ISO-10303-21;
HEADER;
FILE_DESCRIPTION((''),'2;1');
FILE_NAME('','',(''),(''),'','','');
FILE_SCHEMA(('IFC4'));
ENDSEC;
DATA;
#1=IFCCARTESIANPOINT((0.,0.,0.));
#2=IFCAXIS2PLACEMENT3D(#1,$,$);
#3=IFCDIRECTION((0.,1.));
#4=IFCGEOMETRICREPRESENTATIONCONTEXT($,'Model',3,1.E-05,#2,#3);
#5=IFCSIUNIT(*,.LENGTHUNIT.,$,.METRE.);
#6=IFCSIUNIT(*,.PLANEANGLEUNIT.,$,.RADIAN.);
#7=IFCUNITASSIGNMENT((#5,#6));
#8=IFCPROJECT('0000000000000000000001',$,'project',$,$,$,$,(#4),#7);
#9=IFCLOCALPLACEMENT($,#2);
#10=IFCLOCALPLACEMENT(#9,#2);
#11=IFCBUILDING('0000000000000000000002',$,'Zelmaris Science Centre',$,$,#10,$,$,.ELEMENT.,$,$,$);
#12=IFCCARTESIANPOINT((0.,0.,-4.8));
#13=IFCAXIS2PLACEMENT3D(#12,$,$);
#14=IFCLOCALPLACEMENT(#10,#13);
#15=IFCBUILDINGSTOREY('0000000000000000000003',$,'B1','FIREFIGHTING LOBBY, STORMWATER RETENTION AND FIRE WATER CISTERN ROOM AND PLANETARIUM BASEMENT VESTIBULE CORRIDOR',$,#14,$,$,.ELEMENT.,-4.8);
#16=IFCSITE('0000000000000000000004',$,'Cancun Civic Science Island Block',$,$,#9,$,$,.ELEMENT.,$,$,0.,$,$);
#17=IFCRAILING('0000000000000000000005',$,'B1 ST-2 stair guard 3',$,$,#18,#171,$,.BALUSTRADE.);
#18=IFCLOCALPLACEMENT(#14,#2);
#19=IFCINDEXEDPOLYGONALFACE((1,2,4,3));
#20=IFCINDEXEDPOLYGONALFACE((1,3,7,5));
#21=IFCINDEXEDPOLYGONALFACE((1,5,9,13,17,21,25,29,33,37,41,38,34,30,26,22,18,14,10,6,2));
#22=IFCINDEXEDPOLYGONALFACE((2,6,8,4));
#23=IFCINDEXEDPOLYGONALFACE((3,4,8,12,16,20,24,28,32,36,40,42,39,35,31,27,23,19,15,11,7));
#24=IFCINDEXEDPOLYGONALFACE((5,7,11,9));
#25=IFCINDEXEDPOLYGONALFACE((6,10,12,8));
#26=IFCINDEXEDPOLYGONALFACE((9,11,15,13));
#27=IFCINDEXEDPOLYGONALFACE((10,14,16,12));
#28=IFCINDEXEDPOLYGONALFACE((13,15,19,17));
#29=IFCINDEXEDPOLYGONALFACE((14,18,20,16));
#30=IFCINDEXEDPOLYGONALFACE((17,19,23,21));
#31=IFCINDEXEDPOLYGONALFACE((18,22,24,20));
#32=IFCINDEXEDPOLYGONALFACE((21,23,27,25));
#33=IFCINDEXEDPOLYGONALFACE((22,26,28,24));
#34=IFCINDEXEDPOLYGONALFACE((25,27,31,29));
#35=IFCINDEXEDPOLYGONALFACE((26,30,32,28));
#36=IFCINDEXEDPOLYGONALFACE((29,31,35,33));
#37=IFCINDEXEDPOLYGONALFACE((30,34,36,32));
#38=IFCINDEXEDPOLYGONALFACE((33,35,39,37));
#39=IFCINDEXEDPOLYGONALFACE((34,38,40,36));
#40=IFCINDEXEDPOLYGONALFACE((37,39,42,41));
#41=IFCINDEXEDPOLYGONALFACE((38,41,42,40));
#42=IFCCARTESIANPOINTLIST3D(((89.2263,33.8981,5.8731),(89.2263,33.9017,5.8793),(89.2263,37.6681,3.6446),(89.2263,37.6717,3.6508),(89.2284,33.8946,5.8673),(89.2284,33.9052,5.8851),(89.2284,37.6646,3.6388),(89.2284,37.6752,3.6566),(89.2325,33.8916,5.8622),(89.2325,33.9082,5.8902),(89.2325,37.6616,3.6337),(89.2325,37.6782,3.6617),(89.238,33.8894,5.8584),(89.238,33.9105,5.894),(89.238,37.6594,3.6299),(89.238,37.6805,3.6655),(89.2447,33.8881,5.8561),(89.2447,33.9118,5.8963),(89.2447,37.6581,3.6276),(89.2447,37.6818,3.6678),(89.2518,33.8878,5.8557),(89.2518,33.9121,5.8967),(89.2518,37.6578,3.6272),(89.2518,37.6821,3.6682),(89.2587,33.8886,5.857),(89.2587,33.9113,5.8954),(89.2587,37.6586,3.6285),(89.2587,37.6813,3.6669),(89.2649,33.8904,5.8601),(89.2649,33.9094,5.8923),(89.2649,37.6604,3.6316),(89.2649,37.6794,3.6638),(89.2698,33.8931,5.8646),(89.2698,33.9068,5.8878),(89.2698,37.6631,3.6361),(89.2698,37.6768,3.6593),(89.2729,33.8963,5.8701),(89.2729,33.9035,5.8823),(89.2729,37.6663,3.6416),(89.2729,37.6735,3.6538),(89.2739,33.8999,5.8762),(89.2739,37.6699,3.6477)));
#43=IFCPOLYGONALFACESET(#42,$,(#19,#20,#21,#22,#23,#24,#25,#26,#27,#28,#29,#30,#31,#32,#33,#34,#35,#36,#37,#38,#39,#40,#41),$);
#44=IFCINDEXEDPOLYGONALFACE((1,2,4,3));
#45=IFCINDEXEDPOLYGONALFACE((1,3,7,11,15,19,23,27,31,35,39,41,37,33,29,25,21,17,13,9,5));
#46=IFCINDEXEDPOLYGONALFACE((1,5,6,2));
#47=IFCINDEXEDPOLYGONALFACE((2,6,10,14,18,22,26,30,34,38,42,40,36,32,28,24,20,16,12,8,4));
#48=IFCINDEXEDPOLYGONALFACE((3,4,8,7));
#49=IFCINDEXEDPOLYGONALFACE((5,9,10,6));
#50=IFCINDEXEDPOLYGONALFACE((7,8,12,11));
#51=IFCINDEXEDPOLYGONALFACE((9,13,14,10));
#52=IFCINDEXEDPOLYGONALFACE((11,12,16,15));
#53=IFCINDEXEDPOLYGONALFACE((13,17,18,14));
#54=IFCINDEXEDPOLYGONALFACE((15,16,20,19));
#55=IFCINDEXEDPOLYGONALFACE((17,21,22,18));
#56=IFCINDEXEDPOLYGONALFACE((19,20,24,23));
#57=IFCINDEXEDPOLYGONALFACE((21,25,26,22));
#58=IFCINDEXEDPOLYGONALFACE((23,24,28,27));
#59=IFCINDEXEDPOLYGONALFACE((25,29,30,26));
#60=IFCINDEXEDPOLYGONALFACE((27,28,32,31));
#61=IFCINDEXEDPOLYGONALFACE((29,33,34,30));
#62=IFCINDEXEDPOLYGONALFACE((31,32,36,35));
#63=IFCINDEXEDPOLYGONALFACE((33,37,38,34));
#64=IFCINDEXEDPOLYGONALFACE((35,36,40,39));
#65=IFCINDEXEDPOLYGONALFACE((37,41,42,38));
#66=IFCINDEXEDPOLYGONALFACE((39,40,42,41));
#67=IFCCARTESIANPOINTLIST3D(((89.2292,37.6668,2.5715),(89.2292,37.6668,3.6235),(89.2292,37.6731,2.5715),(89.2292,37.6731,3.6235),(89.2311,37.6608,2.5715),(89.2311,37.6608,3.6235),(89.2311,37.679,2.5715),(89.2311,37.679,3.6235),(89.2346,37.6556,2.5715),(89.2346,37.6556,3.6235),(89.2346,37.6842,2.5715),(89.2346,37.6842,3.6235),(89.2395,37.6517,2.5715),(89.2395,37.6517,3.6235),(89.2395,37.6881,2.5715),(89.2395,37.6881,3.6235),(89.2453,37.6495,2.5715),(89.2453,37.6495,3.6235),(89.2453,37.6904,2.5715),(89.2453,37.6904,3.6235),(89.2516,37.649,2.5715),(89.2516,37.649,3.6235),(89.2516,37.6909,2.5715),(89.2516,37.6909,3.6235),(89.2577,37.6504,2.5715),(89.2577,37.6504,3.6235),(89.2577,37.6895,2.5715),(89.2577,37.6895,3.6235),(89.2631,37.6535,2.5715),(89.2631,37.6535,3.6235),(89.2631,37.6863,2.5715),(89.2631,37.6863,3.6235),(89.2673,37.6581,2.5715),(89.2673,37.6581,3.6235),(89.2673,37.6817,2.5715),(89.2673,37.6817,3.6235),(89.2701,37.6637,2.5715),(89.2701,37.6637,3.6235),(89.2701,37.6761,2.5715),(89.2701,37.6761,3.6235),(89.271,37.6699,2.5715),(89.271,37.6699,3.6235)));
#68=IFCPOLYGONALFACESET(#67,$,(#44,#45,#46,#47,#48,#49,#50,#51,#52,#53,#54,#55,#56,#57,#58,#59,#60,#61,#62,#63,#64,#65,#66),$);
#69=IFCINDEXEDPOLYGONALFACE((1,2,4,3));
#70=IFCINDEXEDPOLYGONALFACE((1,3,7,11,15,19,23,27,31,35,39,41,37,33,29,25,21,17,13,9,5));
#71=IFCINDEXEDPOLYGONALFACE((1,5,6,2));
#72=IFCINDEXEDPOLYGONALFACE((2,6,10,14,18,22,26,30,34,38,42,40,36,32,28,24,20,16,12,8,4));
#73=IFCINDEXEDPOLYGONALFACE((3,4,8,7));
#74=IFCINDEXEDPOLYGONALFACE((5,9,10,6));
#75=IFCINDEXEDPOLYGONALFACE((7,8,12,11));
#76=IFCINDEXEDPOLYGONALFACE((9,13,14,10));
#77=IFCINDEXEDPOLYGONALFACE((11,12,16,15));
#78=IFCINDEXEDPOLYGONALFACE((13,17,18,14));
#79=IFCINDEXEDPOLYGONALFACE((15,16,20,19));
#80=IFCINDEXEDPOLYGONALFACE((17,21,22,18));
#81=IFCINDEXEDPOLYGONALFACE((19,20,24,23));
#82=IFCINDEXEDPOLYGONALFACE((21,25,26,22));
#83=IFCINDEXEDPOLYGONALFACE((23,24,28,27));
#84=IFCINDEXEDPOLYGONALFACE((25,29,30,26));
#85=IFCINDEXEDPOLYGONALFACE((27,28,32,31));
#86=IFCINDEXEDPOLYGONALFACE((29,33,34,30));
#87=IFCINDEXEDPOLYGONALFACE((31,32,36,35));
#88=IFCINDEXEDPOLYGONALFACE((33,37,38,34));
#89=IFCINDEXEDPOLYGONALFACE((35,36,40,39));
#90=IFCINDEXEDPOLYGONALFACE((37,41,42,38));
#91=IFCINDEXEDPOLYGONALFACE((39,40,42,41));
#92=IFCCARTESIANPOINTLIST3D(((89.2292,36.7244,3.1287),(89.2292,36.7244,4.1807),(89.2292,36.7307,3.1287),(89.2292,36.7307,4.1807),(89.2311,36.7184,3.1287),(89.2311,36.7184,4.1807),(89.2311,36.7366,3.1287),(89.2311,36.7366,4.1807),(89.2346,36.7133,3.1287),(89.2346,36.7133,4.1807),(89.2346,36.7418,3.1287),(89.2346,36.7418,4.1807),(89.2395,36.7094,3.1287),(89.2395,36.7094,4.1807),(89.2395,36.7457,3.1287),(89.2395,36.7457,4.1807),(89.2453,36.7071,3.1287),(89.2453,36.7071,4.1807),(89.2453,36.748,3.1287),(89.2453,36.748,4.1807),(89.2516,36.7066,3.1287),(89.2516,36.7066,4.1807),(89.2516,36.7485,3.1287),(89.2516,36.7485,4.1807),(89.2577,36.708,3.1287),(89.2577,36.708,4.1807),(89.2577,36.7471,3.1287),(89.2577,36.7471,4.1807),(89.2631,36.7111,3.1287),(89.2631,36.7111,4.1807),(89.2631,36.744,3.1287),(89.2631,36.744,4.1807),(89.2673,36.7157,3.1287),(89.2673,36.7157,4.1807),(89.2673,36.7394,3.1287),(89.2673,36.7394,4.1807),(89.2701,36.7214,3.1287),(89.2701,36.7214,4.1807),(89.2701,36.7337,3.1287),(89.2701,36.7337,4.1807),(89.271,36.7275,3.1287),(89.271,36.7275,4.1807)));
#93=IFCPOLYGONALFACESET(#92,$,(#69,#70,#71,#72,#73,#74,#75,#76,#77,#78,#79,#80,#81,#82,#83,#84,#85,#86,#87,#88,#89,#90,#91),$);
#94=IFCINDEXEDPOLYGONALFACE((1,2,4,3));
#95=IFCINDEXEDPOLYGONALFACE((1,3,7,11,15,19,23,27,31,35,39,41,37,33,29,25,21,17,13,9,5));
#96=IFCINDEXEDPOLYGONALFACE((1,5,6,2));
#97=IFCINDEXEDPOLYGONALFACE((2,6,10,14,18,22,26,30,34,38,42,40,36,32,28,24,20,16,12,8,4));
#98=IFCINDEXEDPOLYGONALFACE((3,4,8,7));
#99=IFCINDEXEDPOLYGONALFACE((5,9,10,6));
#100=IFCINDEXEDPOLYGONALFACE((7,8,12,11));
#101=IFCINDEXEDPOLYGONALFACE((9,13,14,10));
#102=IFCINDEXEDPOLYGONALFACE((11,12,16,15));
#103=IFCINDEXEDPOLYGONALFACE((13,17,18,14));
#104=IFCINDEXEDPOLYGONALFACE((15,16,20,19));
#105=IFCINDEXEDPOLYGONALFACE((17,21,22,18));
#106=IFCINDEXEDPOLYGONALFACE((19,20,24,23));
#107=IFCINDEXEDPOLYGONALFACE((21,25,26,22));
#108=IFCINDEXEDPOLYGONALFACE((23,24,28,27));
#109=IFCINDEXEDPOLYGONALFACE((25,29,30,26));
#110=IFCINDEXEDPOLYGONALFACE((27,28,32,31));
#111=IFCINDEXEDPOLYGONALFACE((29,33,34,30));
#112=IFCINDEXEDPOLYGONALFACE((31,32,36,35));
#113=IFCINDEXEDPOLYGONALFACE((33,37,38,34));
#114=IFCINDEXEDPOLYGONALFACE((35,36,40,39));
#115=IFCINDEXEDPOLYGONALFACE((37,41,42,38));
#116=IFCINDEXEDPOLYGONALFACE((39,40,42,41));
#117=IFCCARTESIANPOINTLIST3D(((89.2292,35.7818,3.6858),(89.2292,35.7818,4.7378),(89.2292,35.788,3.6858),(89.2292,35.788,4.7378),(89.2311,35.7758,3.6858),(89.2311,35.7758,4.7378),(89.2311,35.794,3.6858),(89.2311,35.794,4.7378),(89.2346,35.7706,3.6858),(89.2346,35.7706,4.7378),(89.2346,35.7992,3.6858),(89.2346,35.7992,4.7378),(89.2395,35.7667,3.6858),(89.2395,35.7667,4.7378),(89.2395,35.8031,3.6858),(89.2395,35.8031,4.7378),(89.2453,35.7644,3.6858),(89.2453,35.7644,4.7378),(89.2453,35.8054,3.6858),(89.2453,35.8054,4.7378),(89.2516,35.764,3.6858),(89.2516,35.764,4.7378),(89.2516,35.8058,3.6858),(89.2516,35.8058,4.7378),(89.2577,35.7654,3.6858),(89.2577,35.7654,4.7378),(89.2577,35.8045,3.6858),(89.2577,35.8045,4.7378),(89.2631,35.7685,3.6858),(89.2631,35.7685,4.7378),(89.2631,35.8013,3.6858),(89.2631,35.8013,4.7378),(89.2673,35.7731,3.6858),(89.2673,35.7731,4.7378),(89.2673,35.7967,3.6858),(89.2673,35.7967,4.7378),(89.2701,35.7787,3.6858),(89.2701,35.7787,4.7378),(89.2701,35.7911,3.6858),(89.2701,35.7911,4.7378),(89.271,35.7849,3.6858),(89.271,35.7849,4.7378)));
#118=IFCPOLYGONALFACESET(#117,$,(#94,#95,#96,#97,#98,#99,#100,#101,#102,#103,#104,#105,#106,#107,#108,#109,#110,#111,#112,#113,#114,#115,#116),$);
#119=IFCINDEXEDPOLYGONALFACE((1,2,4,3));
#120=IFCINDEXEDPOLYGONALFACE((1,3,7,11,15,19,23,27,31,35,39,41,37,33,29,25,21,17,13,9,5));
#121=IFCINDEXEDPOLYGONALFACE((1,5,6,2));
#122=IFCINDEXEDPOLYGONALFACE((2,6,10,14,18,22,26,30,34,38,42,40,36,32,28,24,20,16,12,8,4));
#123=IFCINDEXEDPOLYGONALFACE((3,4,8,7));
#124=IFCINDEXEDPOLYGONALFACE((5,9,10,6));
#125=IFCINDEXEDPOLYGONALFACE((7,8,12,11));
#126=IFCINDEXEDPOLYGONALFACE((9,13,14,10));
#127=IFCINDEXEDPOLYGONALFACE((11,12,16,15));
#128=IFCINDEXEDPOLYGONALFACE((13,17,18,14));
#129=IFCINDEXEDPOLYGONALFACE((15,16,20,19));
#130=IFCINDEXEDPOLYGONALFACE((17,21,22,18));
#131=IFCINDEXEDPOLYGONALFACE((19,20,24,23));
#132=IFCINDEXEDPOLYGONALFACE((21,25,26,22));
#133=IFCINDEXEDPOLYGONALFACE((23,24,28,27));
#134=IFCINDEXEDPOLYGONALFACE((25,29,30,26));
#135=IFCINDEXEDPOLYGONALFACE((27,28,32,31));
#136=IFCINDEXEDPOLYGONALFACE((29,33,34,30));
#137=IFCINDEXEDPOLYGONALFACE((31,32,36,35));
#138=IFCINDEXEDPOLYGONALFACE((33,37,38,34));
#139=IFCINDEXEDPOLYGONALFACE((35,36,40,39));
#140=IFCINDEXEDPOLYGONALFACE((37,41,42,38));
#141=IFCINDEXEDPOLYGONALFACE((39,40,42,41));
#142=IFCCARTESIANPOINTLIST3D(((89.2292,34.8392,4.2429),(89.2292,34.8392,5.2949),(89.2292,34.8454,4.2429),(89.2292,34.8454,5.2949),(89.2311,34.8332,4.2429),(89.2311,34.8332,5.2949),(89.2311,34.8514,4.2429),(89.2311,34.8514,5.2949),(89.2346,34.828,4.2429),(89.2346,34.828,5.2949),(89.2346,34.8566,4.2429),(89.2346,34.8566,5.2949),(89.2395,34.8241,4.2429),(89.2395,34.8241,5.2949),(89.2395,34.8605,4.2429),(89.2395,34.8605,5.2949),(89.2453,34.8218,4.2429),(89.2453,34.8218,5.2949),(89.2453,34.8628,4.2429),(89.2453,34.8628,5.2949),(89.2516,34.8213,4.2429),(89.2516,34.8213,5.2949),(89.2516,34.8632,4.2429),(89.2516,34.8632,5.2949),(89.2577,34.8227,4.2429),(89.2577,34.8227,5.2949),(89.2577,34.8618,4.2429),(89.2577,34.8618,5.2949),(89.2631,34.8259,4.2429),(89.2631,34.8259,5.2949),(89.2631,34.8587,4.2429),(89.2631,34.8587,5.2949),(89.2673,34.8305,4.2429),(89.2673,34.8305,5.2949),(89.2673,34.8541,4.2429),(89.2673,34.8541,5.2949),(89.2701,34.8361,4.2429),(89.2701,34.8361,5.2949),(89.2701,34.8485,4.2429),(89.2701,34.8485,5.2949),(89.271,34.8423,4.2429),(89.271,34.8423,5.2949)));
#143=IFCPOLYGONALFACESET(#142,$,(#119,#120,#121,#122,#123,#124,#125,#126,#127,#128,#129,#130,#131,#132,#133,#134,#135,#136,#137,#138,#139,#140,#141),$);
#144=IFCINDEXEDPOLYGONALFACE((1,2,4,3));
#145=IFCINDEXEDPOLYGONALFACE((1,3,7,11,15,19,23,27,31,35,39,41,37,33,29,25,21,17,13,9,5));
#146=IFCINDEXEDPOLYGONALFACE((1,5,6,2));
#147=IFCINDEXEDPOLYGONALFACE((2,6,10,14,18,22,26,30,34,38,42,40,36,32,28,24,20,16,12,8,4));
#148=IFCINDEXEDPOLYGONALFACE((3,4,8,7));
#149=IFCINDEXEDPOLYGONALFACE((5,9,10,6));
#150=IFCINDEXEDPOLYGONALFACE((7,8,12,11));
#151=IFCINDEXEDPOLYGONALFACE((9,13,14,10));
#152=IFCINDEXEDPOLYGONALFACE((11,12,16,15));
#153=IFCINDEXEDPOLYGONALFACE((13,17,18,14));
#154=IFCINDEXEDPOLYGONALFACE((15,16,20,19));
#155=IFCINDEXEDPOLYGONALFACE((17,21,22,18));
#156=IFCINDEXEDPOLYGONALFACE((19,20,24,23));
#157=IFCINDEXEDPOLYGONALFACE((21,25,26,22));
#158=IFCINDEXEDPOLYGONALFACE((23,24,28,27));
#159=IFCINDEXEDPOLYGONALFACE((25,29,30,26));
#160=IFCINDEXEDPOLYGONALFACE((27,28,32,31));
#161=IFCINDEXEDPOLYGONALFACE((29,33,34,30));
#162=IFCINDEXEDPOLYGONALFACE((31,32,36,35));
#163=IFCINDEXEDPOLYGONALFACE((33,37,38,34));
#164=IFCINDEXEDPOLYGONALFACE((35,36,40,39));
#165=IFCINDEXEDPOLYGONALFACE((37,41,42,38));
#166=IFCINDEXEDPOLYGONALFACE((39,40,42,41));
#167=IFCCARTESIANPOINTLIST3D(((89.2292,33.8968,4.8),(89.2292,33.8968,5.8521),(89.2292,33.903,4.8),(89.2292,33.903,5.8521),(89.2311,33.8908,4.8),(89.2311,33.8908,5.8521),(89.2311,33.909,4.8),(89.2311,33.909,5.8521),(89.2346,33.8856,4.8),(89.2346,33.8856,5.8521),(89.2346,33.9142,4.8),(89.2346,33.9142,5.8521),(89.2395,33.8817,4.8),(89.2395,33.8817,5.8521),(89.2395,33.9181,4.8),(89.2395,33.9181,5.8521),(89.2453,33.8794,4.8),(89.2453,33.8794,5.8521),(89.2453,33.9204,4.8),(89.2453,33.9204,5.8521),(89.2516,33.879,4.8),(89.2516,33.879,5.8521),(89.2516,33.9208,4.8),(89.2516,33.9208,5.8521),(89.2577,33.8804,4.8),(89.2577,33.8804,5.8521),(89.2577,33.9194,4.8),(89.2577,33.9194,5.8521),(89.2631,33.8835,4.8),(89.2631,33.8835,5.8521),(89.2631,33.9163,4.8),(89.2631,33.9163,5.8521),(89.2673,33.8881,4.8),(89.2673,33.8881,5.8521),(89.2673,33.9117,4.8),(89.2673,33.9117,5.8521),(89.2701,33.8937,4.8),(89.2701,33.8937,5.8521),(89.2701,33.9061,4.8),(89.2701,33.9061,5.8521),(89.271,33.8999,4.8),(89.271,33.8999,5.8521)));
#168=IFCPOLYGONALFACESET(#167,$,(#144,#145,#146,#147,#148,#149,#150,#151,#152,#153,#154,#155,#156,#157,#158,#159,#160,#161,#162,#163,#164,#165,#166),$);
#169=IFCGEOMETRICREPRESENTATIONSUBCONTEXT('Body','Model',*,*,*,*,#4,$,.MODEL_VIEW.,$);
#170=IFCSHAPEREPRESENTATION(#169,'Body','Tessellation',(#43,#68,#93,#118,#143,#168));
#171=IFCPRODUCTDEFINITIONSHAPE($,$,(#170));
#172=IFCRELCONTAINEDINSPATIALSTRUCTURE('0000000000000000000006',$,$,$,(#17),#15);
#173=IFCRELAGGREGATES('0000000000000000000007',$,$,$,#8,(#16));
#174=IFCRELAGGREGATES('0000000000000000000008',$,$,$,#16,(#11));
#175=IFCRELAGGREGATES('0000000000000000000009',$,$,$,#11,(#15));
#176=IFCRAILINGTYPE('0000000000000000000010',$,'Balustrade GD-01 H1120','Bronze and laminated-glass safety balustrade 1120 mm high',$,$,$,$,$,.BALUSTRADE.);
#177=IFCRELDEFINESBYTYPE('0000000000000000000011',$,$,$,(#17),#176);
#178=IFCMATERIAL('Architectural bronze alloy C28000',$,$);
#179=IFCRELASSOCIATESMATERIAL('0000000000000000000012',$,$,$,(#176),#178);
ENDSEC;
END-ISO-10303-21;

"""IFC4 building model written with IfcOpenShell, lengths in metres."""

from ifc_helpers import new_model, si_unit, direction, frame, origin, origin_2d, place, context, subcontext, project, spatial, circle, extrude, material, type_object, element, save


model = new_model("IFC4")

# Units and contexts
model_context = context("Model", 3, precision=1e-05, world=origin(), true_north=direction((0.0, 1.0)))
body_context = subcontext(model_context, "Body", "Model", "MODEL_VIEW")
ifc_project = project(units=[si_unit("LENGTHUNIT", "METRE"), si_unit("PLANEANGLEUNIT", "RADIAN")], contexts=[model_context])

# Site, building, storey
site_placement = place(None, origin())
site = spatial("IfcSite", under=ifc_project, at=site_placement, Name="Cancun Civic Science Island Block", CompositionType="ELEMENT", RefElevation=0.0)
building_placement = place(site_placement, origin())
building = spatial("IfcBuilding", under=site, at=building_placement, Name="Zelmaris Science Centre", CompositionType="ELEMENT")
storey_placement = place(building_placement, frame((0.0, 0.0, -4.8)))
storey = spatial("IfcBuildingStorey", under=building, at=storey_placement, Name="B1", Description="FIREFIGHTING LOBBY, STORMWATER RETENTION AND FIRE WATER CISTERN ROOM AND PLANETARIUM BASEMENT VESTIBULE CORRIDOR", CompositionType="ELEMENT", Elevation=-4.8)

# Railing
ifc_material_1 = material(Name="Architectural bronze alloy C28000")
railing_type_1 = type_object("IfcRailingType", Name="Balustrade GD-01 H1120", Description="Bronze and laminated-glass safety balustrade 1120 mm high", PredefinedType="BALUSTRADE", material=ifc_material_1)
railing_1_placement = place(storey_placement, frame((89.25, 37.6699, 2.5715)))
element("IfcRailing", 1, at=railing_1_placement, inside=storey, type_object=railing_type_1, Name="B1 ST-2 stair guard 3", PredefinedType="BALUSTRADE", context=body_context, shape_type="SweptSolid", body=[
    extrude(circle(Radius=0.0239, at=origin_2d()), frame((0.0, 0.0, 1.0762), z_axis=(0.0, -0.860849, 0.508861), x_axis=(1.0, 0.0, 0.0)), (0.0, 0.0, 1.0), 4.3794),
    extrude(circle(Radius=0.021, at=origin_2d()), origin(), (0.0, 0.0, 1.0), 1.052),
    extrude(circle(Radius=0.021, at=origin_2d()), frame((0.0, -0.9424, 0.5571)), (0.0, 0.0, 1.0), 1.052),
    extrude(circle(Radius=0.021, at=origin_2d()), frame((0.0, -1.885, 1.1143)), (0.0, 0.0, 1.0), 1.052),
    extrude(circle(Radius=0.021, at=origin_2d()), frame((0.0, -2.8276, 1.6714)), (0.0, 0.0, 1.0), 1.052),
    extrude(circle(Radius=0.021, at=origin_2d()), frame((0.0, -3.77, 2.2285)), (0.0, 0.0, 1.0), 1.052),
])

save(model, "model.ifc")
